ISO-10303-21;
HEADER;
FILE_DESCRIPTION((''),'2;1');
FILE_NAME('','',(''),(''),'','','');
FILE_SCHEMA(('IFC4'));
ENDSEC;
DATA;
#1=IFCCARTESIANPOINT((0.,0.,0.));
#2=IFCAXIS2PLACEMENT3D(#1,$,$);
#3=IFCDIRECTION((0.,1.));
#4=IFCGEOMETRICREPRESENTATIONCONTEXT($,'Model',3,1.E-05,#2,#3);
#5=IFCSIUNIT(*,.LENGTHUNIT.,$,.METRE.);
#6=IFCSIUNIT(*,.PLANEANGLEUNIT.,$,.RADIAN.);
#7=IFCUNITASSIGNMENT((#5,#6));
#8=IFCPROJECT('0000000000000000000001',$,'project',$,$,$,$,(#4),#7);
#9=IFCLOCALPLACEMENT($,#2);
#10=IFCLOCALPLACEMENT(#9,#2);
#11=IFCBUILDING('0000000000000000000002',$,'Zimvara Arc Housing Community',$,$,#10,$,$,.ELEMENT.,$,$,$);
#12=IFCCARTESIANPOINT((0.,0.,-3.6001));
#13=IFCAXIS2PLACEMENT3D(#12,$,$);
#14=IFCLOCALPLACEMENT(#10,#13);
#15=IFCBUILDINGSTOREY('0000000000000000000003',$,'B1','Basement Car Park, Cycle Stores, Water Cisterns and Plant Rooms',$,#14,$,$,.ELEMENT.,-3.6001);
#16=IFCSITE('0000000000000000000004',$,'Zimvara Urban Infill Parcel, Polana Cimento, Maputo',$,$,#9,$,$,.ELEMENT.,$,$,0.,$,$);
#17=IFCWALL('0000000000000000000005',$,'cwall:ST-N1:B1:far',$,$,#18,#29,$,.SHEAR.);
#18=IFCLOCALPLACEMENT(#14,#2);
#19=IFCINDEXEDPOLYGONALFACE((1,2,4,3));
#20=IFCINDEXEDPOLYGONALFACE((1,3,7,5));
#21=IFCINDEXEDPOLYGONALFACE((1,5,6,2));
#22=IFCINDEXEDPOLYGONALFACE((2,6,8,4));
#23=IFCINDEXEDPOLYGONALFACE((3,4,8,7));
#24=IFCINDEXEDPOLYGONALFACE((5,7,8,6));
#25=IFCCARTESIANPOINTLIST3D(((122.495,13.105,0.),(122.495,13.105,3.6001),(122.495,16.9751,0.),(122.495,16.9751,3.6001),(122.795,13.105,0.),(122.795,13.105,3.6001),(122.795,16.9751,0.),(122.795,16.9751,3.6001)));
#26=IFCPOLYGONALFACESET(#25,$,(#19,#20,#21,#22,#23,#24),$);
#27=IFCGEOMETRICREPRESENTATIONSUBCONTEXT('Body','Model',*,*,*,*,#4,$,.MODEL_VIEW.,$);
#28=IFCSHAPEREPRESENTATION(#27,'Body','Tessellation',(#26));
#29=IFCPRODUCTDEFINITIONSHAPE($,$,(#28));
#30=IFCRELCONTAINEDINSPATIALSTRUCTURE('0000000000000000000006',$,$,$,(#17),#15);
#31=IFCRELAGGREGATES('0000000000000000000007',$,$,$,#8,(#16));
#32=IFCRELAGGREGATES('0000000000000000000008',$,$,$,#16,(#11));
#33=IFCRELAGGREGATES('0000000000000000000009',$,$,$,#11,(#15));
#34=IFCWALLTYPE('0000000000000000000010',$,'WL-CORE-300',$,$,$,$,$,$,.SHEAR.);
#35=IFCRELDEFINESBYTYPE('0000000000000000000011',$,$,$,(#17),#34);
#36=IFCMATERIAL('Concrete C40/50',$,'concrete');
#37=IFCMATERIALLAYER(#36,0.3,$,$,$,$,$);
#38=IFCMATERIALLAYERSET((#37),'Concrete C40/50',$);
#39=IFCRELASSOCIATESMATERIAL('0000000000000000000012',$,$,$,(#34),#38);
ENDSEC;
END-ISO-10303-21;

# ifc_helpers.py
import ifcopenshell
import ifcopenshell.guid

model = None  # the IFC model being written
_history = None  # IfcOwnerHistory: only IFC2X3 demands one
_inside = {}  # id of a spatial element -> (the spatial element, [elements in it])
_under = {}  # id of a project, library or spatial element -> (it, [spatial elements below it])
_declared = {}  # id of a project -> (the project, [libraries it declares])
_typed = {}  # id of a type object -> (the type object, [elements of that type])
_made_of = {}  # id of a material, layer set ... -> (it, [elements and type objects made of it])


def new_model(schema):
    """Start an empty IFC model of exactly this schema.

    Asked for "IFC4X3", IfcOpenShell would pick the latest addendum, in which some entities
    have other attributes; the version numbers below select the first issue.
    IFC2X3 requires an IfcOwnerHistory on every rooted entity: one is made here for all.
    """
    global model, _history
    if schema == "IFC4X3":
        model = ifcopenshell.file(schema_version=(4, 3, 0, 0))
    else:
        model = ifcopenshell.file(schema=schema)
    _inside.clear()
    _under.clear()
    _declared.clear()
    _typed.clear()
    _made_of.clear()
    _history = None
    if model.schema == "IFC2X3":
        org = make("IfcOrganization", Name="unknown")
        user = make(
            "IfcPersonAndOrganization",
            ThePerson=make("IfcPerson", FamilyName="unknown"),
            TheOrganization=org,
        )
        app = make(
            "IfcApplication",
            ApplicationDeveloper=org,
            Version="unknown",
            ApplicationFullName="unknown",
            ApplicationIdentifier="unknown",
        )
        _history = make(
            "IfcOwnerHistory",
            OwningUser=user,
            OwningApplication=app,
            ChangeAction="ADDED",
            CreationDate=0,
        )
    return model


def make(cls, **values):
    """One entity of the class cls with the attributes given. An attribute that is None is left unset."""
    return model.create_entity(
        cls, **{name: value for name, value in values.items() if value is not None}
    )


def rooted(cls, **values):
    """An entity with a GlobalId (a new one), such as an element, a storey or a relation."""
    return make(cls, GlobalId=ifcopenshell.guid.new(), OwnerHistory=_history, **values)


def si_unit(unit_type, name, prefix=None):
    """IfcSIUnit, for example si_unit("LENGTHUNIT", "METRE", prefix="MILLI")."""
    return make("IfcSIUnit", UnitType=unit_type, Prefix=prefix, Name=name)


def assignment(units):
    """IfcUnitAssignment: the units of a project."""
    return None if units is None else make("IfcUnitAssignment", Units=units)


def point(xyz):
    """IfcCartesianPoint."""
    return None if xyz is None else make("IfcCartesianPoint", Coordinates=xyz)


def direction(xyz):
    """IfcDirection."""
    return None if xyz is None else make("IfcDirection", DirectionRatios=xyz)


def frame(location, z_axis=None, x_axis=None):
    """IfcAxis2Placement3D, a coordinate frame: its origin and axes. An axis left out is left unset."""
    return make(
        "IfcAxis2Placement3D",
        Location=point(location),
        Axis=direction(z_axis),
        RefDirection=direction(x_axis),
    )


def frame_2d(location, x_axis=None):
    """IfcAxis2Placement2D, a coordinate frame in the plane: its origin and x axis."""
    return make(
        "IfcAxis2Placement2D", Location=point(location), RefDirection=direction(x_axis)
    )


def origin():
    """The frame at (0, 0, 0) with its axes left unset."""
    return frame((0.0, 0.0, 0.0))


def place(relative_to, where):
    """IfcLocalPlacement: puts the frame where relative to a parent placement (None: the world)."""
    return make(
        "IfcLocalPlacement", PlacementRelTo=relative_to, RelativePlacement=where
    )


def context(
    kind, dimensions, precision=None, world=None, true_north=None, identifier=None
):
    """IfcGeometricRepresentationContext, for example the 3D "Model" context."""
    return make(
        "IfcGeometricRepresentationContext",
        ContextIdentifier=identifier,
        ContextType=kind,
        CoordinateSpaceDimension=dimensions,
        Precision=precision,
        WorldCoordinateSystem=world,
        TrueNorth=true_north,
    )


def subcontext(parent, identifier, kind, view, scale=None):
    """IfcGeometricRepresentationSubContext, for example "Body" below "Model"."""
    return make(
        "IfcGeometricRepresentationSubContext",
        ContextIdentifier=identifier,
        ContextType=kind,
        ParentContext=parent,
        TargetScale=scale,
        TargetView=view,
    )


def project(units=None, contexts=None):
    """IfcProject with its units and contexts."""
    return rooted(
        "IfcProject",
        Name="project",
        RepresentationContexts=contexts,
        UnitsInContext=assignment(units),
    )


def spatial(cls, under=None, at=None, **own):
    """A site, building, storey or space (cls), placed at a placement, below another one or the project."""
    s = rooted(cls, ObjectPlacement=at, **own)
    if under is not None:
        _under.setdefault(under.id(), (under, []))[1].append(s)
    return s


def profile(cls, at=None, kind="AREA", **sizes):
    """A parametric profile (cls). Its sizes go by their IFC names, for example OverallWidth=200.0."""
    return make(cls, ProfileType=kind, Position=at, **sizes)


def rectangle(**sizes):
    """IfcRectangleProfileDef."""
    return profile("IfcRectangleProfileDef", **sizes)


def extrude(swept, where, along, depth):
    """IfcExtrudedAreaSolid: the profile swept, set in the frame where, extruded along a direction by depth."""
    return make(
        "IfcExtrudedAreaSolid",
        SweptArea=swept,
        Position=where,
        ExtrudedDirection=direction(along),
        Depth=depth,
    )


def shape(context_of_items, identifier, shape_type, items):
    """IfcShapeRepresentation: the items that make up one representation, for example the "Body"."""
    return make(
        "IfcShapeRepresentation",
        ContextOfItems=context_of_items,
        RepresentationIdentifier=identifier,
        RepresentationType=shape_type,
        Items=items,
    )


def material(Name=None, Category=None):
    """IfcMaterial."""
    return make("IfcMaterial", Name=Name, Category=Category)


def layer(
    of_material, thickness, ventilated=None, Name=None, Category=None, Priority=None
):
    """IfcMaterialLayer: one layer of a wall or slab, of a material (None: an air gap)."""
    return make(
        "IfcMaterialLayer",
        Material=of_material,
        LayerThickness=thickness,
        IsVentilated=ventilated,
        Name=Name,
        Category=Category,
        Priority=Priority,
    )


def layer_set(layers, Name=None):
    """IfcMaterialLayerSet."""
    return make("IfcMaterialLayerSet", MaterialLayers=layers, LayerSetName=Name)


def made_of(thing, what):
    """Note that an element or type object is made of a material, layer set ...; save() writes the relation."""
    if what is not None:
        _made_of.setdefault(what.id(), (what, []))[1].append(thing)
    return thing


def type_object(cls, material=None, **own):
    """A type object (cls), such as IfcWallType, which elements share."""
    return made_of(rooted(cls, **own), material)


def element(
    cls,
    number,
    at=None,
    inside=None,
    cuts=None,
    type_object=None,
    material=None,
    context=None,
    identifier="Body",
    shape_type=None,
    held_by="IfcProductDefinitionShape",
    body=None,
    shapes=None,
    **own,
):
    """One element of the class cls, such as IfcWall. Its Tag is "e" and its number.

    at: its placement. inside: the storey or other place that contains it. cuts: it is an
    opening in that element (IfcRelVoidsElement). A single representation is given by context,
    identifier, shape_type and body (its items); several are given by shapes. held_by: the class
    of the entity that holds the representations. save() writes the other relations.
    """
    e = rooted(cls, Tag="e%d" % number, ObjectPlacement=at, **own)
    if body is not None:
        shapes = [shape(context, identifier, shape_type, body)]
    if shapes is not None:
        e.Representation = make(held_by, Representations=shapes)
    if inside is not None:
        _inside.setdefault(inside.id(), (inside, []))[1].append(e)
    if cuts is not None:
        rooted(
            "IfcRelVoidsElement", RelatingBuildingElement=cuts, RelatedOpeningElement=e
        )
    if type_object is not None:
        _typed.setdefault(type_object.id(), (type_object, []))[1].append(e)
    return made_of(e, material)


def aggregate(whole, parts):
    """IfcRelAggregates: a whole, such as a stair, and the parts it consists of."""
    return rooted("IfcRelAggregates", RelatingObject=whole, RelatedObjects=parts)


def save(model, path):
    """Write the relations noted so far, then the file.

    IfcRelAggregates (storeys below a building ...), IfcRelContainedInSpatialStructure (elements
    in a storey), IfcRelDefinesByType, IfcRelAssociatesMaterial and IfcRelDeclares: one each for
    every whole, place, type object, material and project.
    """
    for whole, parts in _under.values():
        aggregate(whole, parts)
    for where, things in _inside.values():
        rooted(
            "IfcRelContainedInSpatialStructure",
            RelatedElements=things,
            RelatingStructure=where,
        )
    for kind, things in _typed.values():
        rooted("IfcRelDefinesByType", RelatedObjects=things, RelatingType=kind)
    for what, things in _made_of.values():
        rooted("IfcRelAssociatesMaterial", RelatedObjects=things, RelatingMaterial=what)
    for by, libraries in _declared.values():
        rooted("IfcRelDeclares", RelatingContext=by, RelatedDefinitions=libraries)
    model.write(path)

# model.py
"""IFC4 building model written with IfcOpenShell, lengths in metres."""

from ifc_helpers import new_model, si_unit, direction, frame, frame_2d, origin, place, context, subcontext, project, spatial, rectangle, extrude, material, layer, layer_set, type_object, element, save


model = new_model("IFC4")

# Units and contexts
model_context = context("Model", 3, precision=1e-05, world=origin(), true_north=direction((0.0, 1.0)))
body_context = subcontext(model_context, "Body", "Model", "MODEL_VIEW")
ifc_project = project(units=[si_unit("LENGTHUNIT", "METRE"), si_unit("PLANEANGLEUNIT", "RADIAN")], contexts=[model_context])

# Site, building, storey
site_placement = place(None, origin())
site = spatial("IfcSite", under=ifc_project, at=site_placement, Name="Zimvara Urban Infill Parcel, Polana Cimento, Maputo", CompositionType="ELEMENT", RefElevation=0.0)
building_placement = place(site_placement, origin())
building = spatial("IfcBuilding", under=site, at=building_placement, Name="Zimvara Arc Housing Community", CompositionType="ELEMENT")
storey_placement = place(building_placement, frame((0.0, 0.0, -3.6001)))
storey = spatial("IfcBuildingStorey", under=building, at=storey_placement, Name="B1", Description="Basement Car Park, Cycle Stores, Water Cisterns and Plant Rooms", CompositionType="ELEMENT", Elevation=-3.6001)

# Wall
ifc_material_1 = material(Name="Concrete C40/50", Category="concrete")
ifc_layer_1 = layer(ifc_material_1, 0.3)
ifc_layer_set_1 = layer_set([ifc_layer_1], Name="Concrete C40/50")
wall_type_1 = type_object("IfcWallType", Name="WL-CORE-300", PredefinedType="SHEAR", material=ifc_layer_set_1)
wall_1_placement = place(storey_placement, frame((122.645, 13.105, 0.0), z_axis=(0.0, 0.0, 1.0), x_axis=(0.0, 1.0, 0.0)))
element("IfcWall", 1, at=wall_1_placement, inside=storey, type_object=wall_type_1, Name="cwall:ST-N1:B1:far", PredefinedType="SHEAR", context=body_context, shape_type="SweptSolid", body=[
    extrude(rectangle(XDim=3.8701, YDim=0.3, at=frame_2d((1.9351, 0.0))), origin(), (0.0, 0.0, 1.0), 3.6001),
])

save(model, "model.ifc")
